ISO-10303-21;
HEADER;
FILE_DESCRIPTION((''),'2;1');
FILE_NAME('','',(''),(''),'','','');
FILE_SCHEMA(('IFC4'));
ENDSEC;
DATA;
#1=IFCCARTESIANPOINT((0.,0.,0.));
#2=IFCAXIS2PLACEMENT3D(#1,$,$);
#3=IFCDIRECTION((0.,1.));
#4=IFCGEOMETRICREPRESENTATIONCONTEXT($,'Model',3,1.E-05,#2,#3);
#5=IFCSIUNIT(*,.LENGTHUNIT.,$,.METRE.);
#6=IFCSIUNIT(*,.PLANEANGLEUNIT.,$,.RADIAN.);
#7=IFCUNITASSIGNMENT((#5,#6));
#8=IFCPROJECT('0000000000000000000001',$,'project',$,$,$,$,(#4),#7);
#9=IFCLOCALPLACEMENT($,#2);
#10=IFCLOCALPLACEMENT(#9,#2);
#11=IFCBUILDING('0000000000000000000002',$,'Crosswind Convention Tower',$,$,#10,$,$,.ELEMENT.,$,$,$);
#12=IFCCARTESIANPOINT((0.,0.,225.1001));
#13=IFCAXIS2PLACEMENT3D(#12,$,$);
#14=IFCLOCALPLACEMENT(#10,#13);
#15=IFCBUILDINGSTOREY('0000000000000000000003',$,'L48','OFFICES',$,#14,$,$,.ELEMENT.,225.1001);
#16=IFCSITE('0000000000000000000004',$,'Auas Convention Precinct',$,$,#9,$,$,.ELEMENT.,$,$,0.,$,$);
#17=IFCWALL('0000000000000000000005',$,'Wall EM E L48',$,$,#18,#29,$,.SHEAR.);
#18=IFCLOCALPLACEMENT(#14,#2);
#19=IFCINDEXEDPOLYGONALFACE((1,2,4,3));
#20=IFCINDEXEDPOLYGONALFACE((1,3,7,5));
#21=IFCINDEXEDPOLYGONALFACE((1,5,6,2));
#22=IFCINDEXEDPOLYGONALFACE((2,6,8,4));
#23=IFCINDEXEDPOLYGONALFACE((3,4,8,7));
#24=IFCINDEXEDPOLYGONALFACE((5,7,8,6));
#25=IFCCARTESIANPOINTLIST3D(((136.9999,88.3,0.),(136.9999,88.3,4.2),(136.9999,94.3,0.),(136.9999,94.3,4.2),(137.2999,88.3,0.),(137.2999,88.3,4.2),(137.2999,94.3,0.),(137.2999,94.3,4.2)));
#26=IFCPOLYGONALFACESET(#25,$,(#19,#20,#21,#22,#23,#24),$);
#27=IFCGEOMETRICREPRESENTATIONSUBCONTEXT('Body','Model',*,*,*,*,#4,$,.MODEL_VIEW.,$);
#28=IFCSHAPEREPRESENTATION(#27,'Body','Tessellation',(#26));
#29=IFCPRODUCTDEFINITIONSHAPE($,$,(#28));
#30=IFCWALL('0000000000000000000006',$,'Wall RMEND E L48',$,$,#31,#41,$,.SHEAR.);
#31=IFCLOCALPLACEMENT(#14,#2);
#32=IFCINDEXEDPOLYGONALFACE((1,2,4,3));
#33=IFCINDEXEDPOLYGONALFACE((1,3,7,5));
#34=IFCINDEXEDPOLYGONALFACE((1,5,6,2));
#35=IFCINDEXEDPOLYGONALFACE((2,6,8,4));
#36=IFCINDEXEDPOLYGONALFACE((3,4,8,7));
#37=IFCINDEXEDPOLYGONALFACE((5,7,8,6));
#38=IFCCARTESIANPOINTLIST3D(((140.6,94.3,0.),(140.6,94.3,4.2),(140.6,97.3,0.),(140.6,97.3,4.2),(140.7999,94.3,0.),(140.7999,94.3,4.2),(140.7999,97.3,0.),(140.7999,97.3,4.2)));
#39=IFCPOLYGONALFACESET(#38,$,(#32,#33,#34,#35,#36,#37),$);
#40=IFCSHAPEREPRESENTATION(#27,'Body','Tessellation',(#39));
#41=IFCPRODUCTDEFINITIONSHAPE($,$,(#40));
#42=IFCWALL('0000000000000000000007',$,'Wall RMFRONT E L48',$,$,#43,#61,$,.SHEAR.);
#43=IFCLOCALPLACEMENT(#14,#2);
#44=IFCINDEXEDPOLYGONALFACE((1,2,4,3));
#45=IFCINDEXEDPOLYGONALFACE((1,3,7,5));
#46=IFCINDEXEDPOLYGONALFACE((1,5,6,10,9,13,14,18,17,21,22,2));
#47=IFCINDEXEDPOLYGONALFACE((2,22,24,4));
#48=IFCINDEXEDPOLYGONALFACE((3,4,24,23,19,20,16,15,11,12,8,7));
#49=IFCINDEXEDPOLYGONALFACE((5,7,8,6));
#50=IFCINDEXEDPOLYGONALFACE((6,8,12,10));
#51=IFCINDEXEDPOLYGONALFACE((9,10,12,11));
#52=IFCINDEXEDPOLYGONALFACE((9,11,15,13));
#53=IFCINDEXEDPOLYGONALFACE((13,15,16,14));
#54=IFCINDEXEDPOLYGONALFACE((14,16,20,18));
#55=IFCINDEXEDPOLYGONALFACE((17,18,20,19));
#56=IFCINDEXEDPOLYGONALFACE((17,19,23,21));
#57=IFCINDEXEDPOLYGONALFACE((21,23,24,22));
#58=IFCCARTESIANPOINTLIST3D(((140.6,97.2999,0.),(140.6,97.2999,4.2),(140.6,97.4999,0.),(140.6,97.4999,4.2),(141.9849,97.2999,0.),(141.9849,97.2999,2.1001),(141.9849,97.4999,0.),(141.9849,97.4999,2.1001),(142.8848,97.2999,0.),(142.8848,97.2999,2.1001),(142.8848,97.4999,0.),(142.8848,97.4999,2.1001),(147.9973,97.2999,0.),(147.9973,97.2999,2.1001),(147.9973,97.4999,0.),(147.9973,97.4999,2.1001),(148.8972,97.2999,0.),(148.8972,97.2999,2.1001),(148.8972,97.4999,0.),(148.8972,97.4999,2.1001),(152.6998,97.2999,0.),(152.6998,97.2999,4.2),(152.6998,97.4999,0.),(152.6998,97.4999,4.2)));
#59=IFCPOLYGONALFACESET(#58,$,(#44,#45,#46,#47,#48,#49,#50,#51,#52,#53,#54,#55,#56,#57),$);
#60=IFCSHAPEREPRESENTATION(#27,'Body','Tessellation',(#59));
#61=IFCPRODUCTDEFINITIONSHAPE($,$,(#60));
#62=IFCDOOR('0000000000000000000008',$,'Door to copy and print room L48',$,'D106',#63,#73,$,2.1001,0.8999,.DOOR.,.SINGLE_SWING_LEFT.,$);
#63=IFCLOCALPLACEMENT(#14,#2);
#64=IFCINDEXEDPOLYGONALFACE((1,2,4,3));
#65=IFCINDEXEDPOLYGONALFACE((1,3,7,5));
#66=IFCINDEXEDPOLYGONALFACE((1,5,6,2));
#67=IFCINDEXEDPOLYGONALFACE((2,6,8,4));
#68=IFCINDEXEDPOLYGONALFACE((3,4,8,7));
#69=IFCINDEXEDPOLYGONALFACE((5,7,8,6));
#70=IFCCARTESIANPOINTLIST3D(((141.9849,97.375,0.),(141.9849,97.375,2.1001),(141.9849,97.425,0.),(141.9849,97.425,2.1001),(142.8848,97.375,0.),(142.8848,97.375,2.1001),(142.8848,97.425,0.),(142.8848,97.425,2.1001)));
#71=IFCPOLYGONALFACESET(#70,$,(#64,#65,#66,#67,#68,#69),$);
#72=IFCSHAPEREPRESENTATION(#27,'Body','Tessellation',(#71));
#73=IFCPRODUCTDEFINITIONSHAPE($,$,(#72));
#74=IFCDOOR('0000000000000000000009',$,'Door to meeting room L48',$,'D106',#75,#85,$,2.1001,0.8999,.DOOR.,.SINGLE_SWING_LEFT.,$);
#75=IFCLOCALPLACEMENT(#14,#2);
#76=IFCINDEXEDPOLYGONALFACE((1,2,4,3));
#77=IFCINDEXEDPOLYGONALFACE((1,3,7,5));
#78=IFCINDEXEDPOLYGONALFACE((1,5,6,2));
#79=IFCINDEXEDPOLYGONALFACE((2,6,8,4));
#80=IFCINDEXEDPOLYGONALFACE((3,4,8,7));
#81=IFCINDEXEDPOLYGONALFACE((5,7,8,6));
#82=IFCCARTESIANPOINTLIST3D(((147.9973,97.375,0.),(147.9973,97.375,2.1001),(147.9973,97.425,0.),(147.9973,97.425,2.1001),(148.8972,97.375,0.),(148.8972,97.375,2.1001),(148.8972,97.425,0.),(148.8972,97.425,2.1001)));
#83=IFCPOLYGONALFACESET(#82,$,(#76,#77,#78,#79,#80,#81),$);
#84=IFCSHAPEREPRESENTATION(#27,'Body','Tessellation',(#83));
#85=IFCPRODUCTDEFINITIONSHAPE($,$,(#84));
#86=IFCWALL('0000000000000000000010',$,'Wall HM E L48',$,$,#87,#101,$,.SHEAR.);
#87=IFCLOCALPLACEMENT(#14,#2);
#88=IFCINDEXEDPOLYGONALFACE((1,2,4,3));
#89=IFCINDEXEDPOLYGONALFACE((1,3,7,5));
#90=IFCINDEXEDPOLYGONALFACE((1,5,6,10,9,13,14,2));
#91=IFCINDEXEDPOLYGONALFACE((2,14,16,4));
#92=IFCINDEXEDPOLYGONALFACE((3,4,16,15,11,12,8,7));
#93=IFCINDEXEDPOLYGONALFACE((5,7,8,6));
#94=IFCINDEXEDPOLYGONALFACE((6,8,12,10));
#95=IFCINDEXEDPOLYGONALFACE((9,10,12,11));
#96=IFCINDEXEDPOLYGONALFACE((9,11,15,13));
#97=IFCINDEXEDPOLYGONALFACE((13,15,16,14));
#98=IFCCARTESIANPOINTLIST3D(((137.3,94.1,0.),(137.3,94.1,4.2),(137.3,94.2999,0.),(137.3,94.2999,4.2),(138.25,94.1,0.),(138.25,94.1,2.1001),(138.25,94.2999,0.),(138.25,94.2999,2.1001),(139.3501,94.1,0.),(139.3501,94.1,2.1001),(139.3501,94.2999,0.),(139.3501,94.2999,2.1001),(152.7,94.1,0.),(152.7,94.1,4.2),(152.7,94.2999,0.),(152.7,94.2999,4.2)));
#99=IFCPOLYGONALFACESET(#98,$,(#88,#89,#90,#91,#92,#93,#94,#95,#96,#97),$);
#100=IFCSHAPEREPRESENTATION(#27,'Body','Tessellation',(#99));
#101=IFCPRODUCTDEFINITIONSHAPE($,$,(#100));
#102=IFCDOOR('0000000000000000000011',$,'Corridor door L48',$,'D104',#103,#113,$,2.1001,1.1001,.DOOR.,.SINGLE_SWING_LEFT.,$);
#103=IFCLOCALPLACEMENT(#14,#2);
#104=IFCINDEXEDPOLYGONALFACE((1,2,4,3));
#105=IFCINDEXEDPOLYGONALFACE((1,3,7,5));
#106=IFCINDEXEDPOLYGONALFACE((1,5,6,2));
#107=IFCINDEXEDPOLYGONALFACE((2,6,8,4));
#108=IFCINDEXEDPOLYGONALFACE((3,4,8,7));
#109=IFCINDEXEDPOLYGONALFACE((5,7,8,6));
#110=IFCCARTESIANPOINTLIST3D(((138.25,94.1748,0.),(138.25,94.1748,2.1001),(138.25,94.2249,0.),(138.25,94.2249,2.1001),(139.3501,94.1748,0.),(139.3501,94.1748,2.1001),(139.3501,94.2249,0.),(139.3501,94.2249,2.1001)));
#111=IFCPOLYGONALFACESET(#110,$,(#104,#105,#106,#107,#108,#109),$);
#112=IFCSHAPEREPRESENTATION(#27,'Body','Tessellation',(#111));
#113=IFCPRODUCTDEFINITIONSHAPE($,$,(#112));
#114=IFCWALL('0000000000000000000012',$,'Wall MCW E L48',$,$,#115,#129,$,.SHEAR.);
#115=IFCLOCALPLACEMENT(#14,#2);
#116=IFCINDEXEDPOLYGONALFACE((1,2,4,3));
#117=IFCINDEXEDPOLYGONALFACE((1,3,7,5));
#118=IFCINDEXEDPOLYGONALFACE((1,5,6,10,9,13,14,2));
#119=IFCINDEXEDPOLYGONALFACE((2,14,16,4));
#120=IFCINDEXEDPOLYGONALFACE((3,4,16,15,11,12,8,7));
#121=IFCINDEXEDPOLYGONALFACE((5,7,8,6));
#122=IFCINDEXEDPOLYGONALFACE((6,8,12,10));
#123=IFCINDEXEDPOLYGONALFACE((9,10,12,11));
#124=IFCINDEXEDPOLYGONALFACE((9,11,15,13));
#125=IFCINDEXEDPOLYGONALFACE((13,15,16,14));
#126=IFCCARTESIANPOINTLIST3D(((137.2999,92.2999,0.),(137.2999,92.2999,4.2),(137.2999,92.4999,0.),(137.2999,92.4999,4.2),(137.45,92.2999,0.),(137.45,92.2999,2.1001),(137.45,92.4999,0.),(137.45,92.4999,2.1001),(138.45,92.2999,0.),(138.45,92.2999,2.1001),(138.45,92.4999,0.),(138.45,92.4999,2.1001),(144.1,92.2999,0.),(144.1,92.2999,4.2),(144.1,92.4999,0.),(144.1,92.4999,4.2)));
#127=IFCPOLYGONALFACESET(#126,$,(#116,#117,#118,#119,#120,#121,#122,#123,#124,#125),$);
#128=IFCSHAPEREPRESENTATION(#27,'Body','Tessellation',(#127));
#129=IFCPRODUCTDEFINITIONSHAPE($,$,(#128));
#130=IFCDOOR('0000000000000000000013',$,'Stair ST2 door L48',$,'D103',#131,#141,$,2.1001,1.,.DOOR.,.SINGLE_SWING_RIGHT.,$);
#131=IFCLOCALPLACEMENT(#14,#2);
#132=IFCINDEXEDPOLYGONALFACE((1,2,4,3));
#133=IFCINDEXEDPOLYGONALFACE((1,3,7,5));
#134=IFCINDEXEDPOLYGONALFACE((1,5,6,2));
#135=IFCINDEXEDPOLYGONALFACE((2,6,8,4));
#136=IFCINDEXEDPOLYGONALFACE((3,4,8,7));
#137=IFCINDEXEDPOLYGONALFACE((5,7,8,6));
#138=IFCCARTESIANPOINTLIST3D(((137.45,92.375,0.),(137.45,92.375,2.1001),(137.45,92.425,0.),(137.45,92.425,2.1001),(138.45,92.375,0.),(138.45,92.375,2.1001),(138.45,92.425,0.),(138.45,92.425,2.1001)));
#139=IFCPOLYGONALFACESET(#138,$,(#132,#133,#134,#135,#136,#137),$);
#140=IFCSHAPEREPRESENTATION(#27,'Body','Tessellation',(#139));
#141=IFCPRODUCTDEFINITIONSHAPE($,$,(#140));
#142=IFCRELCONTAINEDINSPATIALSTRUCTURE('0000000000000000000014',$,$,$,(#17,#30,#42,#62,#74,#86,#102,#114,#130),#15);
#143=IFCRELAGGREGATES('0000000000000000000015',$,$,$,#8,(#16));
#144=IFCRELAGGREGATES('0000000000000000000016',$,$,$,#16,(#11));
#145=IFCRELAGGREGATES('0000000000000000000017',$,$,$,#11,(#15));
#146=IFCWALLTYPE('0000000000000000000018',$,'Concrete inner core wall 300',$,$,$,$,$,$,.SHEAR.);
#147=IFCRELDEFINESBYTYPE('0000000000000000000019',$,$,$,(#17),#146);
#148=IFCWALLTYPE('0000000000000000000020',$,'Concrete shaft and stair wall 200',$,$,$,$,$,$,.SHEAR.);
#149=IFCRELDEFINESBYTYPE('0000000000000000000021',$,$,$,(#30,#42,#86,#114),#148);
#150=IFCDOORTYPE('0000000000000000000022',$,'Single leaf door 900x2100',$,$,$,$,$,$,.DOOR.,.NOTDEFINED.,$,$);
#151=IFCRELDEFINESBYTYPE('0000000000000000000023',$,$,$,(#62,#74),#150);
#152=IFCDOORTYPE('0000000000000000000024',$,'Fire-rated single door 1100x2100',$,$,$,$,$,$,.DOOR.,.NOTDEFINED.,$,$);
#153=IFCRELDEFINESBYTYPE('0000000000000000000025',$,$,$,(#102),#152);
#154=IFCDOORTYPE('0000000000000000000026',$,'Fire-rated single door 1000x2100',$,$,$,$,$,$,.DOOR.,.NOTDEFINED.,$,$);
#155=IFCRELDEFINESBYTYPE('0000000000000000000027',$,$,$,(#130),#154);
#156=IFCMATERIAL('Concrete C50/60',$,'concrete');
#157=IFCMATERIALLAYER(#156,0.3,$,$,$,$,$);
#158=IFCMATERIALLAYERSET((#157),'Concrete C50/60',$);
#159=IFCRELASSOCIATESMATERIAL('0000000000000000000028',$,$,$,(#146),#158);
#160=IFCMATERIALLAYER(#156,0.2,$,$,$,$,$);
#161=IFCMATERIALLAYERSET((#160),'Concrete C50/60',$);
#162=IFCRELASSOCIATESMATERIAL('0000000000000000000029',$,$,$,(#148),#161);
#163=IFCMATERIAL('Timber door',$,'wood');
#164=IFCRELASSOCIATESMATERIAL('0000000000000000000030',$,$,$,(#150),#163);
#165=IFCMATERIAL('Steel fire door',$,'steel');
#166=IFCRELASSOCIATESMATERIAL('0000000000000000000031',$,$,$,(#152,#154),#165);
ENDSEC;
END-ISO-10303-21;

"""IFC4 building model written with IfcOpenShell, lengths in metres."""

from ifc_helpers import new_model, si_unit, direction, frame, frame_2d, origin, place, context, subcontext, project, spatial, rectangle, extrude, material, layer, layer_set, type_object, element, fill, save


model = new_model("IFC4")

# Units and contexts
model_context = context("Model", 3, precision=1e-05, world=origin(), true_north=direction((0.0, 1.0)))
body_context = subcontext(model_context, "Body", "Model", "MODEL_VIEW")
ifc_project = project(units=[si_unit("LENGTHUNIT", "METRE"), si_unit("PLANEANGLEUNIT", "RADIAN")], contexts=[model_context])

# Site, building, storey
site_placement = place(None, origin())
site = spatial("IfcSite", under=ifc_project, at=site_placement, Name="Auas Convention Precinct", CompositionType="ELEMENT", RefElevation=0.0)
building_placement = place(site_placement, origin())
building = spatial("IfcBuilding", under=site, at=building_placement, Name="Crosswind Convention Tower", CompositionType="ELEMENT")
storey_placement = place(building_placement, frame((0.0, 0.0, 225.1001)))
storey = spatial("IfcBuildingStorey", under=building, at=storey_placement, Name="L48", Description="OFFICES", CompositionType="ELEMENT", Elevation=225.1001)

# Shared definitions
ifc_material_1 = material(Name="Concrete C50/60", Category="concrete")
ifc_layer_1 = layer(ifc_material_1, 0.3)
ifc_layer_set_1 = layer_set([ifc_layer_1], Name="Concrete C50/60")
wall_type_1 = type_object("IfcWallType", Name="Concrete inner core wall 300", PredefinedType="SHEAR", material=ifc_layer_set_1)

# Walls
wall_1_placement = place(storey_placement, frame((137.1499, 88.3, 0.0), z_axis=(0.0, 0.0, 1.0), x_axis=(0.0, 1.0, 0.0)))
element("IfcWall", 1, at=wall_1_placement, inside=storey, type_object=wall_type_1, Name="Wall EM E L48", PredefinedType="SHEAR", context=body_context, shape_type="SweptSolid", body=[
    extrude(rectangle(XDim=6.0, YDim=0.3, at=frame_2d((3.0, 0.0))), origin(), (0.0, 0.0, 1.0), 4.2),
])
ifc_layer_2 = layer(ifc_material_1, 0.2)
ifc_layer_set_2 = layer_set([ifc_layer_2], Name="Concrete C50/60")
wall_type_2 = type_object("IfcWallType", Name="Concrete shaft and stair wall 200", PredefinedType="SHEAR", material=ifc_layer_set_2)
wall_2_placement = place(storey_placement, frame((140.7, 94.3, 0.0), z_axis=(0.0, 0.0, 1.0), x_axis=(0.0, 1.0, 0.0)))
element("IfcWall", 2, at=wall_2_placement, inside=storey, type_object=wall_type_2, Name="Wall RMEND E L48", PredefinedType="SHEAR", context=body_context, shape_type="SweptSolid", body=[
    extrude(rectangle(XDim=3.0, YDim=0.2, at=frame_2d((1.5, 0.0))), origin(), (0.0, 0.0, 1.0), 4.2),
])

# Wall, openings, doors
wall_3_placement = place(storey_placement, frame((140.6001, 97.3999, 0.0), z_axis=(0.0, 0.0, 1.0), x_axis=(1.0, 0.0, 0.0)))
wall_3 = element("IfcWall", 3, at=wall_3_placement, inside=storey, type_object=wall_type_2, Name="Wall RMFRONT E L48", PredefinedType="SHEAR", context=body_context, shape_type="SweptSolid", body=[
    extrude(rectangle(XDim=12.0999, YDim=0.2, at=frame_2d((6.0498, 0.0))), origin(), (0.0, 0.0, 1.0), 4.2),
])
opening_1_placement = place(wall_3_placement, frame((1.3848, 0.0, 0.0)))
opening_1 = element("IfcOpeningElement", 4, at=opening_1_placement, cuts=wall_3, PredefinedType="OPENING", context=body_context, shape_type="SweptSolid", body=[
    extrude(rectangle(XDim=0.8999, YDim=2.1001, at=frame_2d((0.45, 1.05))), frame((0.0, 0.1099, 0.0), z_axis=(0.0, -1.0, 0.0), x_axis=(1.0, 0.0, 0.0)), (0.0, 0.0, 1.0), 0.22),
])
opening_2_placement = place(wall_3_placement, frame((7.3972, 0.0, 0.0)))
opening_2 = element("IfcOpeningElement", 5, at=opening_2_placement, cuts=wall_3, PredefinedType="OPENING", context=body_context, shape_type="SweptSolid", body=[
    extrude(rectangle(XDim=0.8999, YDim=2.1001, at=frame_2d((0.45, 1.05))), frame((0.0, 0.1099, 0.0), z_axis=(0.0, -1.0, 0.0), x_axis=(1.0, 0.0, 0.0)), (0.0, 0.0, 1.0), 0.22),
])
ifc_material_2 = material(Name="Timber door", Category="wood")
door_type_1 = type_object("IfcDoorType", Name="Single leaf door 900x2100", OperationType="NOTDEFINED", PredefinedType="DOOR", material=ifc_material_2)
door_1_placement = place(opening_1_placement, frame((0.8999, 0.0, 0.0), z_axis=(0.0, 0.0, 1.0), x_axis=(-1.0, 0.0, 0.0)))
door_1 = element("IfcDoor", 6, at=door_1_placement, inside=storey, type_object=door_type_1, Name="Door to copy and print room L48", ObjectType="D106", OperationType="SINGLE_SWING_LEFT", OverallHeight=2.1001, OverallWidth=0.8999, PredefinedType="DOOR", context=body_context, shape_type="SweptSolid", body=[
    extrude(rectangle(XDim=0.8999, YDim=2.1001, at=frame_2d((0.45, 1.05))), frame((0.0, 0.0249, 0.0), z_axis=(0.0, -1.0, 0.0), x_axis=(1.0, 0.0, 0.0)), (0.0, 0.0, 1.0), 0.05),
])
fill(opening_1, door_1)
door_2_placement = place(opening_2_placement, frame((0.8999, 0.0, 0.0), z_axis=(0.0, 0.0, 1.0), x_axis=(-1.0, 0.0, 0.0)))
door_2 = element("IfcDoor", 7, at=door_2_placement, inside=storey, type_object=door_type_1, Name="Door to meeting room L48", ObjectType="D106", OperationType="SINGLE_SWING_LEFT", OverallHeight=2.1001, OverallWidth=0.8999, PredefinedType="DOOR", context=body_context, shape_type="SweptSolid", body=[
    extrude(rectangle(XDim=0.8999, YDim=2.1001, at=frame_2d((0.45, 1.05))), frame((0.0, 0.0249, 0.0), z_axis=(0.0, -1.0, 0.0), x_axis=(1.0, 0.0, 0.0)), (0.0, 0.0, 1.0), 0.05),
])
fill(opening_2, door_2)

# Walls, openings, doors
wall_4_placement = place(storey_placement, frame((137.3, 94.2, 0.0), z_axis=(0.0, 0.0, 1.0), x_axis=(1.0, 0.0, 0.0)))
wall_4 = element("IfcWall", 8, at=wall_4_placement, inside=storey, type_object=wall_type_2, Name="Wall HM E L48", PredefinedType="SHEAR", context=body_context, shape_type="SweptSolid", body=[
    extrude(rectangle(XDim=15.3999, YDim=0.2, at=frame_2d((7.7, 0.0))), origin(), (0.0, 0.0, 1.0), 4.2),
])
opening_3_placement = place(wall_4_placement, frame((0.95, 0.0, 0.0)))
opening_3 = element("IfcOpeningElement", 9, at=opening_3_placement, cuts=wall_4, PredefinedType="OPENING", context=body_context, shape_type="SweptSolid", body=[
    extrude(rectangle(XDim=1.1001, YDim=2.1001, at=frame_2d((0.55, 1.05))), frame((0.0, 0.1099, 0.0), z_axis=(0.0, -1.0, 0.0), x_axis=(1.0, 0.0, 0.0)), (0.0, 0.0, 1.0), 0.22),
])
ifc_material_3 = material(Name="Steel fire door", Category="steel")
door_type_2 = type_object("IfcDoorType", Name="Fire-rated single door 1100x2100", OperationType="NOTDEFINED", PredefinedType="DOOR", material=ifc_material_3)
door_3_placement = place(opening_3_placement, origin())
door_3 = element("IfcDoor", 10, at=door_3_placement, inside=storey, type_object=door_type_2, Name="Corridor door L48", ObjectType="D104", OperationType="SINGLE_SWING_LEFT", OverallHeight=2.1001, OverallWidth=1.1001, PredefinedType="DOOR", context=body_context, shape_type="SweptSolid", body=[
    extrude(rectangle(XDim=1.1001, YDim=2.1001, at=frame_2d((0.55, 1.05))), frame((0.0, 0.0249, 0.0), z_axis=(0.0, -1.0, 0.0), x_axis=(1.0, 0.0, 0.0)), (0.0, 0.0, 1.0), 0.05),
])
fill(opening_3, door_3)
wall_5_placement = place(storey_placement, frame((137.3, 92.3999, 0.0), z_axis=(0.0, 0.0, 1.0), x_axis=(1.0, 0.0, 0.0)))
wall_5 = element("IfcWall", 11, at=wall_5_placement, inside=storey, type_object=wall_type_2, Name="Wall MCW E L48", PredefinedType="SHEAR", context=body_context, shape_type="SweptSolid", body=[
    extrude(rectangle(XDim=6.8, YDim=0.2, at=frame_2d((3.3999, 0.0))), origin(), (0.0, 0.0, 1.0), 4.2),
])
opening_4_placement = place(wall_5_placement, frame((0.1499, 0.0, 0.0)))
opening_4 = element("IfcOpeningElement", 12, at=opening_4_placement, cuts=wall_5, PredefinedType="OPENING", context=body_context, shape_type="SweptSolid", body=[
    extrude(rectangle(XDim=1.0, YDim=2.1001, at=frame_2d((0.5, 1.05))), frame((0.0, 0.1099, 0.0), z_axis=(0.0, -1.0, 0.0), x_axis=(1.0, 0.0, 0.0)), (0.0, 0.0, 1.0), 0.22),
])
door_type_3 = type_object("IfcDoorType", Name="Fire-rated single door 1000x2100", OperationType="NOTDEFINED", PredefinedType="DOOR", material=ifc_material_3)
door_4_placement = place(opening_4_placement, frame((1.0, 0.0, 0.0), z_axis=(0.0, 0.0, 1.0), x_axis=(-1.0, 0.0, 0.0)))
door_4 = element("IfcDoor", 13, at=door_4_placement, inside=storey, type_object=door_type_3, Name="Stair ST2 door L48", ObjectType="D103", OperationType="SINGLE_SWING_RIGHT", OverallHeight=2.1001, OverallWidth=1.0, PredefinedType="DOOR", context=body_context, shape_type="SweptSolid", body=[
    extrude(rectangle(XDim=1.0, YDim=2.1001, at=frame_2d((0.5, 1.05))), frame((0.0, 0.0249, 0.0), z_axis=(0.0, -1.0, 0.0), x_axis=(1.0, 0.0, 0.0)), (0.0, 0.0, 1.0), 0.05),
])
fill(opening_4, door_4)

save(model, "model.ifc")
